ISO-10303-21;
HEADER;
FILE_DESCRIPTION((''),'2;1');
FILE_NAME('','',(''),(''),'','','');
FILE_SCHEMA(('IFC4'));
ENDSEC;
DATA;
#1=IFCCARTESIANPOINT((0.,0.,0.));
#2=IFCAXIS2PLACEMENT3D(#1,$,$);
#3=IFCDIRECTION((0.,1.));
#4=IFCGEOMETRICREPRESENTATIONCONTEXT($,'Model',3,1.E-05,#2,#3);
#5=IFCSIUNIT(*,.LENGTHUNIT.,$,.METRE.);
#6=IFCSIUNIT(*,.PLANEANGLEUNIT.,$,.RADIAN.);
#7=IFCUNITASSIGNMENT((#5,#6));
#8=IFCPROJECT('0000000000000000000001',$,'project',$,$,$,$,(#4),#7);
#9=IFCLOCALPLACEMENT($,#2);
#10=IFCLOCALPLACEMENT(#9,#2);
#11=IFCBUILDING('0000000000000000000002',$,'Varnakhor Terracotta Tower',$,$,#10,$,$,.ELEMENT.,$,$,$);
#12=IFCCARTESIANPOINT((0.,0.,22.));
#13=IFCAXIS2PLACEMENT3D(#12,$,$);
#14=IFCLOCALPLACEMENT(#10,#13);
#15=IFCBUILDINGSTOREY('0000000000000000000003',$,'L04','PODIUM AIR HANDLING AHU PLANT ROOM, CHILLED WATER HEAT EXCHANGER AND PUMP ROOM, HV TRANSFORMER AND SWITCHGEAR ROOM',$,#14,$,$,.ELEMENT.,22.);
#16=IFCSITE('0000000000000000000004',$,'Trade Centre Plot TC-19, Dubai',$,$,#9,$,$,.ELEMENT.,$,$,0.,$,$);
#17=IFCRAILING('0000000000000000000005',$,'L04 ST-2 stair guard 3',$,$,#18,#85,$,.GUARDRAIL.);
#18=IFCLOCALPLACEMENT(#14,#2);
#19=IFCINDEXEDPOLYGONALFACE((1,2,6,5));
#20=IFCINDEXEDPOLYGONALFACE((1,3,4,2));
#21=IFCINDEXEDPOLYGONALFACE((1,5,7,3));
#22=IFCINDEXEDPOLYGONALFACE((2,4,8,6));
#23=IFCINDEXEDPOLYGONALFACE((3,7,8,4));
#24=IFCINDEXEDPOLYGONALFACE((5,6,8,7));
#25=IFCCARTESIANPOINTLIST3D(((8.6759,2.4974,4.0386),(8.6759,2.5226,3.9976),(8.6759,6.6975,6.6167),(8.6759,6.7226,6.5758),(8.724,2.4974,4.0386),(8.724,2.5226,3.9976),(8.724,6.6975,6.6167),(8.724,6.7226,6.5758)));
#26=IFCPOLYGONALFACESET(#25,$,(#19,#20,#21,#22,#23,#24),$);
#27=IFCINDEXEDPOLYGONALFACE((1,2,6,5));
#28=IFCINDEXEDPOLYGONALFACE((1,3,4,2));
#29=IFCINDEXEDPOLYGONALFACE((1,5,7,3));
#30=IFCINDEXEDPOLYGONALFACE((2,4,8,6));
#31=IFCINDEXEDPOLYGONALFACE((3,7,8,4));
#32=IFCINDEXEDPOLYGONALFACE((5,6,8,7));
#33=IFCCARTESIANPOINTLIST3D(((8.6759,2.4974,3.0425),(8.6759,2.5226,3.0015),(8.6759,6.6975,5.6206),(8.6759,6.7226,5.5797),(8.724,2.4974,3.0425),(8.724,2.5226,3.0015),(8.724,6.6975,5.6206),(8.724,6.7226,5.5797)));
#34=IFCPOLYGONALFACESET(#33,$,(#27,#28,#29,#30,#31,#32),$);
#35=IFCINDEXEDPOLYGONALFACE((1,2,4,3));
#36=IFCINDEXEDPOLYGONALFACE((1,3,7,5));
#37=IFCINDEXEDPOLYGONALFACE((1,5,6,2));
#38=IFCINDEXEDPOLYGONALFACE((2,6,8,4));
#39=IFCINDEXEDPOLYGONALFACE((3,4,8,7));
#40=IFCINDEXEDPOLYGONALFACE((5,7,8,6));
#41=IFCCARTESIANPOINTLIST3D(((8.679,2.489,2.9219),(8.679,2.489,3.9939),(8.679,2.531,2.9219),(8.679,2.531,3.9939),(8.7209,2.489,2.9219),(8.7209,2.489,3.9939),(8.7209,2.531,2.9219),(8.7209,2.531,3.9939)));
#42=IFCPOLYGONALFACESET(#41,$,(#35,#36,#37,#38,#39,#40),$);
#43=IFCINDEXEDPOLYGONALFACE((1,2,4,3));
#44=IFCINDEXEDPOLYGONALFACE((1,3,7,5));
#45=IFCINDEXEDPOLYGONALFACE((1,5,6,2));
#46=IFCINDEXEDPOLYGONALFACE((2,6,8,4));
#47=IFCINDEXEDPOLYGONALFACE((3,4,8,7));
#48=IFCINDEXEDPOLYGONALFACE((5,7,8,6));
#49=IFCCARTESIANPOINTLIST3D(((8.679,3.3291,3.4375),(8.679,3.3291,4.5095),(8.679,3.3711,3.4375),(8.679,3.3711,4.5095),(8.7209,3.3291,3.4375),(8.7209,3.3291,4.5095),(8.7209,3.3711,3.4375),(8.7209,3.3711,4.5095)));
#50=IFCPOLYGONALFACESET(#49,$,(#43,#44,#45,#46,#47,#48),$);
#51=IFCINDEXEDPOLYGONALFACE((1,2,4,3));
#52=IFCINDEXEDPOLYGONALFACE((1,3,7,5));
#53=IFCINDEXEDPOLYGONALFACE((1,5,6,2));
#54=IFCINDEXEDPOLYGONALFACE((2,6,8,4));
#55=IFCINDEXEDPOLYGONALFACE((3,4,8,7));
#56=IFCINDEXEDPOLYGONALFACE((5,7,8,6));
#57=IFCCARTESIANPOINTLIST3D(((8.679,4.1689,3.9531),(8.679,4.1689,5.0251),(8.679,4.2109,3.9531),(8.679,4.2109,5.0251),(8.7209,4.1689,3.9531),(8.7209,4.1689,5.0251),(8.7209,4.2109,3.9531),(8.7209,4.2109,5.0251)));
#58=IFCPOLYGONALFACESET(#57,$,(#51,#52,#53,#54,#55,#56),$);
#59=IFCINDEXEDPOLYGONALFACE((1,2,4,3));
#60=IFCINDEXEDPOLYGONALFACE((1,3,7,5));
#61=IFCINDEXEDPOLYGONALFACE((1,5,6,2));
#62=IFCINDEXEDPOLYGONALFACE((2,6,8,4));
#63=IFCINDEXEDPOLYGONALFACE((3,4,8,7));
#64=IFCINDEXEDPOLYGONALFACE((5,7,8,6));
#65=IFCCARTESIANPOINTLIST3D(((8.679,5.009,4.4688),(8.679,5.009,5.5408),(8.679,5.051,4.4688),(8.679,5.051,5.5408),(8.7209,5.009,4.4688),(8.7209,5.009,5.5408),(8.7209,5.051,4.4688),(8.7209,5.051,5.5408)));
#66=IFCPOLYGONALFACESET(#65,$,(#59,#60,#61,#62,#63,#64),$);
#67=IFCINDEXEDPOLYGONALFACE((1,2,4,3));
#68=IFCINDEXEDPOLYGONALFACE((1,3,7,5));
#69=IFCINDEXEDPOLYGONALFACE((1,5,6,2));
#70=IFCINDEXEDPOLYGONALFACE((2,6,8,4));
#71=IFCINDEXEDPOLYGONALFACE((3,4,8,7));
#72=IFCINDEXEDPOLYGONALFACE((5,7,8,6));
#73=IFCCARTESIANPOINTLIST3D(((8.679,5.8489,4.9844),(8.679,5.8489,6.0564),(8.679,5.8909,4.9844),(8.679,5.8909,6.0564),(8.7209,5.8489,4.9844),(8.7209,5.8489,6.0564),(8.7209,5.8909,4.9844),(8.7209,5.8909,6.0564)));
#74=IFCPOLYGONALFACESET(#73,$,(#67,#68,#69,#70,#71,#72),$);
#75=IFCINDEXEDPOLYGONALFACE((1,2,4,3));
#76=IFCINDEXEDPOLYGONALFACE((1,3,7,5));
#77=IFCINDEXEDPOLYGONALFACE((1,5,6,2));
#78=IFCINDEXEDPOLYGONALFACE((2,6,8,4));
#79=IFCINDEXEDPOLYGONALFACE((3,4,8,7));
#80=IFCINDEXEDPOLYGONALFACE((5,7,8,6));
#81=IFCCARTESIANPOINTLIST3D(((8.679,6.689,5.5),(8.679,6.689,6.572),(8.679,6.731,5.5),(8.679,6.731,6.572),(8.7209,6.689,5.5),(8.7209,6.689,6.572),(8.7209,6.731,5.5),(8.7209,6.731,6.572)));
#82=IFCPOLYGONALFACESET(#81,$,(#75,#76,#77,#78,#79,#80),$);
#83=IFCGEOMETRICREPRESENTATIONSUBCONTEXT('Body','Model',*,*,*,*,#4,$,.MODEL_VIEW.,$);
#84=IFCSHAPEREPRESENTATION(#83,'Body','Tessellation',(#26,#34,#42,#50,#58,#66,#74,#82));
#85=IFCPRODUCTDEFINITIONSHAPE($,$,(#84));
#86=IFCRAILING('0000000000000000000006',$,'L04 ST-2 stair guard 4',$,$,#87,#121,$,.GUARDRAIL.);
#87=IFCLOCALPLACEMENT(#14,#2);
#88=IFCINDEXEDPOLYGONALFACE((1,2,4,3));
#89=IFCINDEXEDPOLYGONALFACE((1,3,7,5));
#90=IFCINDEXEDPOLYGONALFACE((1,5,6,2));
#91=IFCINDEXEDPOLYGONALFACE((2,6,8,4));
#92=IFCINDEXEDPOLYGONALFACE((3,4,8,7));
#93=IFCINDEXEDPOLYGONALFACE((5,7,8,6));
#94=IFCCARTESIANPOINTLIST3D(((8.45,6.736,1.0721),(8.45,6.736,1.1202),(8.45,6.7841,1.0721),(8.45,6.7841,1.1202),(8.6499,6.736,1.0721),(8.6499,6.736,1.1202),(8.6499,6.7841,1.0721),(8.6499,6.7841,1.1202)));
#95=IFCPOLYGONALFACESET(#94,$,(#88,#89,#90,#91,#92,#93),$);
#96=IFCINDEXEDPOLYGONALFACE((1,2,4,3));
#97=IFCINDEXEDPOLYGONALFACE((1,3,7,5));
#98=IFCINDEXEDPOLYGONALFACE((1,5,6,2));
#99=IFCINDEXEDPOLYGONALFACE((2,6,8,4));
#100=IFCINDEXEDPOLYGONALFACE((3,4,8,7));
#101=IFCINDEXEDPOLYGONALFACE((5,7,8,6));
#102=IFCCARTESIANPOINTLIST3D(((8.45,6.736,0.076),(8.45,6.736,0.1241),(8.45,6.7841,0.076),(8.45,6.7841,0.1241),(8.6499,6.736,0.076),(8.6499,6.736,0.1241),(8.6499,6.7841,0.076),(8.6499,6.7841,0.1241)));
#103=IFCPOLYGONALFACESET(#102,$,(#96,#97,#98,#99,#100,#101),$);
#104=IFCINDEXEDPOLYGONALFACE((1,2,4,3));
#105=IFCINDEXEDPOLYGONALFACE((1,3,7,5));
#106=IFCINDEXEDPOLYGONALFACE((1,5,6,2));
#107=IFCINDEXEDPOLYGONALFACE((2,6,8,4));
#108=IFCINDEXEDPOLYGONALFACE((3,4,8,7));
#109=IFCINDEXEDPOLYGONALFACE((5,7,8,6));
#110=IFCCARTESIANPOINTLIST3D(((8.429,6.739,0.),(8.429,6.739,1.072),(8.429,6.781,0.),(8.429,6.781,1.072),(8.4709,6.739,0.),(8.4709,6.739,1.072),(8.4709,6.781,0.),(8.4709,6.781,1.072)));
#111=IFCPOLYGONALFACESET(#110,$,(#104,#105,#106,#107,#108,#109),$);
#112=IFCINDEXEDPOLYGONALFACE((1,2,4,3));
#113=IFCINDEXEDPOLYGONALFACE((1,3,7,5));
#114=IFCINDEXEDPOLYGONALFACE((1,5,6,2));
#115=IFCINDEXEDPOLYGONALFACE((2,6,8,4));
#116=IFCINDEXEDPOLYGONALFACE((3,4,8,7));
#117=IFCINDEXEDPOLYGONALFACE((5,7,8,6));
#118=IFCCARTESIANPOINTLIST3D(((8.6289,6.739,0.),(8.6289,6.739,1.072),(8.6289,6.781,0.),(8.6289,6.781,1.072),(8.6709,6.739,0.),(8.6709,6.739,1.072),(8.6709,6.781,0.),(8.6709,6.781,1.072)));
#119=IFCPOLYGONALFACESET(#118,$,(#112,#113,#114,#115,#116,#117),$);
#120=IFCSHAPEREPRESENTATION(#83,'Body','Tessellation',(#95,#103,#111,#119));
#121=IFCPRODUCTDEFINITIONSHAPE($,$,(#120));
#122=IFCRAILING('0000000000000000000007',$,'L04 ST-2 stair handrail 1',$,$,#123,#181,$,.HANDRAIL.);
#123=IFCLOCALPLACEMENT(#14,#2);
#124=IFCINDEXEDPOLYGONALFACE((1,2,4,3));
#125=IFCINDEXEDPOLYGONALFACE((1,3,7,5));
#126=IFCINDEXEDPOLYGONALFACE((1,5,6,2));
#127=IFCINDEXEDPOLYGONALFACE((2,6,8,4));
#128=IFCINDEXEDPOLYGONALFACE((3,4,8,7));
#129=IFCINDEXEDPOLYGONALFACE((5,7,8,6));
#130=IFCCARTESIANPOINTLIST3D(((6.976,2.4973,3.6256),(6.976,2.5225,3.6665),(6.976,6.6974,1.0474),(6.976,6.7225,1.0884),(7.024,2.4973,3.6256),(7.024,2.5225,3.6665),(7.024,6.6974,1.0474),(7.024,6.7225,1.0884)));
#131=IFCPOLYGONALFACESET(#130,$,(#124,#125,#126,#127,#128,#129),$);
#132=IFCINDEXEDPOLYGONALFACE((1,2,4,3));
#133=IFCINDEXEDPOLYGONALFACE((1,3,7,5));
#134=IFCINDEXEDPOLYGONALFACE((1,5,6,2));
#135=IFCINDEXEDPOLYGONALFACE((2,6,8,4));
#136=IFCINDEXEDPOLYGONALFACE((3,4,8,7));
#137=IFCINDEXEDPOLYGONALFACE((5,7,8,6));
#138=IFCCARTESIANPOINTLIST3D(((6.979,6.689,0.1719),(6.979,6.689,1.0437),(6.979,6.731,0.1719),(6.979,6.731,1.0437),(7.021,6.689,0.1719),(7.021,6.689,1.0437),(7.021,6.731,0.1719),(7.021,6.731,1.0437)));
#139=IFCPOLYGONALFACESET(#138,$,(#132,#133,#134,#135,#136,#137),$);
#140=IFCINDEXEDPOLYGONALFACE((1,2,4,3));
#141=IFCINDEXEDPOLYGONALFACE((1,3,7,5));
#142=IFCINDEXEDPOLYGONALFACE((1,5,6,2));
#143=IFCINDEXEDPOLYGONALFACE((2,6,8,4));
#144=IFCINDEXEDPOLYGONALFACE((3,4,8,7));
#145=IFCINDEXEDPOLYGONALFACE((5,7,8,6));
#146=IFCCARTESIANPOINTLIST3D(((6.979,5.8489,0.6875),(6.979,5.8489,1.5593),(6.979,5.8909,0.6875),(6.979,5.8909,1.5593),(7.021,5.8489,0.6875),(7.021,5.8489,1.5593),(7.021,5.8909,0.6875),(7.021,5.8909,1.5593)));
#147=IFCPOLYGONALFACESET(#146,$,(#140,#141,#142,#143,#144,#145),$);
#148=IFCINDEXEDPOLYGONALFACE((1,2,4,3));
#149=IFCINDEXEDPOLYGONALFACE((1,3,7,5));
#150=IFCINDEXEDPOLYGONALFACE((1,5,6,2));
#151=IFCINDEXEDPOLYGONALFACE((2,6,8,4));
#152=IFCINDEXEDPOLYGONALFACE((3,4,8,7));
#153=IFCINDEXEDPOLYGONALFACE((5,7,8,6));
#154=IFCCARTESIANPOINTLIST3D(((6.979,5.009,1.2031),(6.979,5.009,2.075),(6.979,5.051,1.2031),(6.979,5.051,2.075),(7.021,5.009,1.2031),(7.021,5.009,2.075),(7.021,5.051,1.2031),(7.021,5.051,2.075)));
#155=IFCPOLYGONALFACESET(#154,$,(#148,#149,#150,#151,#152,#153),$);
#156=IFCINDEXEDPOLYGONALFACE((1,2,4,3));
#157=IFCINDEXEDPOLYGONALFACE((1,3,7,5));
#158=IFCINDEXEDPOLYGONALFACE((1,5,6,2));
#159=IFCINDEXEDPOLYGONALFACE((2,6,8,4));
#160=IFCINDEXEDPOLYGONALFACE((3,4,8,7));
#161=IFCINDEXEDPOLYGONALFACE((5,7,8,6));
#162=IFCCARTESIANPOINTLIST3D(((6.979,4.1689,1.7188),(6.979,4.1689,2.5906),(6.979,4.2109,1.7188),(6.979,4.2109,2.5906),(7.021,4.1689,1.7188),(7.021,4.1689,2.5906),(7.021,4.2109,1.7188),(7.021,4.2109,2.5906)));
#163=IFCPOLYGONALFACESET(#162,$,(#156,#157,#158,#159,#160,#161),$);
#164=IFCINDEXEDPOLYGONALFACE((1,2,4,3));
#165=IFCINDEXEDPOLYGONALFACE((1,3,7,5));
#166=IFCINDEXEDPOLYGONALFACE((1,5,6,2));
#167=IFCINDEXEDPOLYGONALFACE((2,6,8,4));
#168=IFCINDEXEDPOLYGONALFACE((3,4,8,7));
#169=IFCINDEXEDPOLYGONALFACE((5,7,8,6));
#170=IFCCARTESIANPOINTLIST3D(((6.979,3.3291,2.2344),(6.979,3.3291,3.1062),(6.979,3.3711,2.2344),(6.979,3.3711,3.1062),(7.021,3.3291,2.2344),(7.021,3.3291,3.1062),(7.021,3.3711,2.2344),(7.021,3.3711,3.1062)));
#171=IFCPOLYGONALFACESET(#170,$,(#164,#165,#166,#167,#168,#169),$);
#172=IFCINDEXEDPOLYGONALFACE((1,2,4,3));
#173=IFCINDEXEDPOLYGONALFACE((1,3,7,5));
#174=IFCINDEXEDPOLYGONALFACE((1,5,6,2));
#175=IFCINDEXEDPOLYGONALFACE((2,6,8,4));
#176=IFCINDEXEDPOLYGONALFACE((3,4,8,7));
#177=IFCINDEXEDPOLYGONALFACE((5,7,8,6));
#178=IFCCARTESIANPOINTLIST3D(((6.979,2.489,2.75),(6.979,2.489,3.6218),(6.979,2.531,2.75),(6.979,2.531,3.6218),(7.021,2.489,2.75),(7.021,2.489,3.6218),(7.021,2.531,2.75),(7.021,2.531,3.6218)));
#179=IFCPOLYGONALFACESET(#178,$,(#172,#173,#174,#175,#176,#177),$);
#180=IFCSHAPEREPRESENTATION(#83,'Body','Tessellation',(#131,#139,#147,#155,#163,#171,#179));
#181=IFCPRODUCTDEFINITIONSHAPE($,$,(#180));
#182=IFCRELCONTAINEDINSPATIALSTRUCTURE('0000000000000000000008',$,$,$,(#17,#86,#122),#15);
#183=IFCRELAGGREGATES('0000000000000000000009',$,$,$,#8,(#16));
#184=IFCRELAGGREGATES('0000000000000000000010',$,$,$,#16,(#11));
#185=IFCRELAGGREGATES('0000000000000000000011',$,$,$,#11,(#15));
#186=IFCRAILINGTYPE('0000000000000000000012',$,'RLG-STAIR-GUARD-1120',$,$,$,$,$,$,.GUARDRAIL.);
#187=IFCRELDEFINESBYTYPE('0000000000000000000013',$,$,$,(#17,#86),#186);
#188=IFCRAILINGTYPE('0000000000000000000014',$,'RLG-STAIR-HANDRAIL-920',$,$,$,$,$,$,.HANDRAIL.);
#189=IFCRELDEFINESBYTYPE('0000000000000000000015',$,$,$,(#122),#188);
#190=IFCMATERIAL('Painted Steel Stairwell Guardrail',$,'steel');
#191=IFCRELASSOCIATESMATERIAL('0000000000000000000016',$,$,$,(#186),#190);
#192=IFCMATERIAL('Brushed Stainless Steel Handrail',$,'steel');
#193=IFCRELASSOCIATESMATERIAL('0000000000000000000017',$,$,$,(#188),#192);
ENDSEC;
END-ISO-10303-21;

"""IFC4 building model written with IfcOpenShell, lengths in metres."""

from ifc_helpers import new_model, si_unit, direction, frame, origin, origin_2d, place, context, subcontext, project, spatial, rectangle, extrude, material, type_object, element, save


model = new_model("IFC4")

# Units and contexts
model_context = context("Model", 3, precision=1e-05, world=origin(), true_north=direction((0.0, 1.0)))
body_context = subcontext(model_context, "Body", "Model", "MODEL_VIEW")
ifc_project = project(units=[si_unit("LENGTHUNIT", "METRE"), si_unit("PLANEANGLEUNIT", "RADIAN")], contexts=[model_context])

# Site, building, storey
site_placement = place(None, origin())
site = spatial("IfcSite", under=ifc_project, at=site_placement, Name="Trade Centre Plot TC-19, Dubai", CompositionType="ELEMENT", RefElevation=0.0)
building_placement = place(site_placement, origin())
building = spatial("IfcBuilding", under=site, at=building_placement, Name="Varnakhor Terracotta Tower", CompositionType="ELEMENT")
storey_placement = place(building_placement, frame((0.0, 0.0, 22.0)))
storey = spatial("IfcBuildingStorey", under=building, at=storey_placement, Name="L04", Description="PODIUM AIR HANDLING AHU PLANT ROOM, CHILLED WATER HEAT EXCHANGER AND PUMP ROOM, HV TRANSFORMER AND SWITCHGEAR ROOM", CompositionType="ELEMENT", Elevation=22.0)

# Railings
ifc_material_1 = material(Name="Painted Steel Stairwell Guardrail", Category="steel")
railing_type_1 = type_object("IfcRailingType", Name="RLG-STAIR-GUARD-1120", PredefinedType="GUARDRAIL", material=ifc_material_1)
railing_1_placement = place(storey_placement, frame((8.7, 2.51, 2.9219)))
element("IfcRailing", 1, at=railing_1_placement, inside=storey, type_object=railing_type_1, Name="L04 ST-2 stair guard 3", PredefinedType="GUARDRAIL", context=body_context, shape_type="SweptSolid", body=[
    extrude(rectangle(XDim=0.0481, YDim=0.0481, at=origin_2d()), frame((0.0, 0.0, 1.0962), z_axis=(0.0, 0.852243, 0.523146), x_axis=(-1.0, 0.0, 0.0)), (0.0, 0.0, 1.0), 4.9282),
    extrude(rectangle(XDim=0.0481, YDim=0.0481, at=origin_2d()), frame((0.0, 0.0, 0.1001), z_axis=(0.0, 0.852243, 0.523146), x_axis=(-1.0, 0.0, 0.0)), (0.0, 0.0, 1.0), 4.9282),
    extrude(rectangle(XDim=0.042, YDim=0.042, at=origin_2d()), origin(), (0.0, 0.0, 1.0), 1.072),
    extrude(rectangle(XDim=0.042, YDim=0.042, at=origin_2d()), frame((0.0, 0.8401, 0.5156)), (0.0, 0.0, 1.0), 1.072),
    extrude(rectangle(XDim=0.042, YDim=0.042, at=origin_2d()), frame((0.0, 1.6799, 1.0312)), (0.0, 0.0, 1.0), 1.072),
    extrude(rectangle(XDim=0.042, YDim=0.042, at=origin_2d()), frame((0.0, 2.52, 1.5469)), (0.0, 0.0, 1.0), 1.072),
    extrude(rectangle(XDim=0.042, YDim=0.042, at=origin_2d()), frame((0.0, 3.3599, 2.0625)), (0.0, 0.0, 1.0), 1.072),
    extrude(rectangle(XDim=0.042, YDim=0.042, at=origin_2d()), frame((0.0, 4.2, 2.5781)), (0.0, 0.0, 1.0), 1.072),
])
railing_2_placement = place(storey_placement, frame((8.45, 6.76, 0.0)))
element("IfcRailing", 2, at=railing_2_placement, inside=storey, type_object=railing_type_1, Name="L04 ST-2 stair guard 4", PredefinedType="GUARDRAIL", context=body_context, shape_type="SweptSolid", body=[
    extrude(rectangle(XDim=0.0481, YDim=0.0481, at=origin_2d()), frame((0.0, 0.0, 1.0962), z_axis=(1.0, 0.0, 0.0), x_axis=(0.0, 1.0, 0.0)), (0.0, 0.0, 1.0), 0.2),
    extrude(rectangle(XDim=0.0481, YDim=0.0481, at=origin_2d()), frame((0.0, 0.0, 0.1001), z_axis=(1.0, 0.0, 0.0), x_axis=(0.0, 1.0, 0.0)), (0.0, 0.0, 1.0), 0.2),
    extrude(rectangle(XDim=0.042, YDim=0.042, at=origin_2d()), origin(), (0.0, 0.0, 1.0), 1.072),
    extrude(rectangle(XDim=0.042, YDim=0.042, at=origin_2d()), frame((0.2, 0.0, 0.0)), (0.0, 0.0, 1.0), 1.072),
])
ifc_material_2 = material(Name="Brushed Stainless Steel Handrail", Category="steel")
railing_type_2 = type_object("IfcRailingType", Name="RLG-STAIR-HANDRAIL-920", PredefinedType="HANDRAIL", material=ifc_material_2)
railing_3_placement = place(storey_placement, frame((7.0, 6.71, 0.1719)))
element("IfcRailing", 3, at=railing_3_placement, inside=storey, type_object=railing_type_2, Name="L04 ST-2 stair handrail 1", PredefinedType="HANDRAIL", context=body_context, shape_type="SweptSolid", body=[
    extrude(rectangle(XDim=0.0481, YDim=0.0481, at=origin_2d()), frame((0.0, 0.0, 0.896), z_axis=(0.0, -0.852243, 0.523146), x_axis=(1.0, 0.0, 0.0)), (0.0, 0.0, 1.0), 4.9282),
    extrude(rectangle(XDim=0.042, YDim=0.042, at=origin_2d()), origin(), (0.0, 0.0, 1.0), 0.8718),
    extrude(rectangle(XDim=0.042, YDim=0.042, at=origin_2d()), frame((0.0, -0.8401, 0.5156)), (0.0, 0.0, 1.0), 0.8718),
    extrude(rectangle(XDim=0.042, YDim=0.042, at=origin_2d()), frame((0.0, -1.6799, 1.0312)), (0.0, 0.0, 1.0), 0.8718),
    extrude(rectangle(XDim=0.042, YDim=0.042, at=origin_2d()), frame((0.0, -2.52, 1.5469)), (0.0, 0.0, 1.0), 0.8718),
    extrude(rectangle(XDim=0.042, YDim=0.042, at=origin_2d()), frame((0.0, -3.3599, 2.0625)), (0.0, 0.0, 1.0), 0.8718),
    extrude(rectangle(XDim=0.042, YDim=0.042, at=origin_2d()), frame((0.0, -4.2, 2.5781)), (0.0, 0.0, 1.0), 0.8718),
])

save(model, "model.ifc")
